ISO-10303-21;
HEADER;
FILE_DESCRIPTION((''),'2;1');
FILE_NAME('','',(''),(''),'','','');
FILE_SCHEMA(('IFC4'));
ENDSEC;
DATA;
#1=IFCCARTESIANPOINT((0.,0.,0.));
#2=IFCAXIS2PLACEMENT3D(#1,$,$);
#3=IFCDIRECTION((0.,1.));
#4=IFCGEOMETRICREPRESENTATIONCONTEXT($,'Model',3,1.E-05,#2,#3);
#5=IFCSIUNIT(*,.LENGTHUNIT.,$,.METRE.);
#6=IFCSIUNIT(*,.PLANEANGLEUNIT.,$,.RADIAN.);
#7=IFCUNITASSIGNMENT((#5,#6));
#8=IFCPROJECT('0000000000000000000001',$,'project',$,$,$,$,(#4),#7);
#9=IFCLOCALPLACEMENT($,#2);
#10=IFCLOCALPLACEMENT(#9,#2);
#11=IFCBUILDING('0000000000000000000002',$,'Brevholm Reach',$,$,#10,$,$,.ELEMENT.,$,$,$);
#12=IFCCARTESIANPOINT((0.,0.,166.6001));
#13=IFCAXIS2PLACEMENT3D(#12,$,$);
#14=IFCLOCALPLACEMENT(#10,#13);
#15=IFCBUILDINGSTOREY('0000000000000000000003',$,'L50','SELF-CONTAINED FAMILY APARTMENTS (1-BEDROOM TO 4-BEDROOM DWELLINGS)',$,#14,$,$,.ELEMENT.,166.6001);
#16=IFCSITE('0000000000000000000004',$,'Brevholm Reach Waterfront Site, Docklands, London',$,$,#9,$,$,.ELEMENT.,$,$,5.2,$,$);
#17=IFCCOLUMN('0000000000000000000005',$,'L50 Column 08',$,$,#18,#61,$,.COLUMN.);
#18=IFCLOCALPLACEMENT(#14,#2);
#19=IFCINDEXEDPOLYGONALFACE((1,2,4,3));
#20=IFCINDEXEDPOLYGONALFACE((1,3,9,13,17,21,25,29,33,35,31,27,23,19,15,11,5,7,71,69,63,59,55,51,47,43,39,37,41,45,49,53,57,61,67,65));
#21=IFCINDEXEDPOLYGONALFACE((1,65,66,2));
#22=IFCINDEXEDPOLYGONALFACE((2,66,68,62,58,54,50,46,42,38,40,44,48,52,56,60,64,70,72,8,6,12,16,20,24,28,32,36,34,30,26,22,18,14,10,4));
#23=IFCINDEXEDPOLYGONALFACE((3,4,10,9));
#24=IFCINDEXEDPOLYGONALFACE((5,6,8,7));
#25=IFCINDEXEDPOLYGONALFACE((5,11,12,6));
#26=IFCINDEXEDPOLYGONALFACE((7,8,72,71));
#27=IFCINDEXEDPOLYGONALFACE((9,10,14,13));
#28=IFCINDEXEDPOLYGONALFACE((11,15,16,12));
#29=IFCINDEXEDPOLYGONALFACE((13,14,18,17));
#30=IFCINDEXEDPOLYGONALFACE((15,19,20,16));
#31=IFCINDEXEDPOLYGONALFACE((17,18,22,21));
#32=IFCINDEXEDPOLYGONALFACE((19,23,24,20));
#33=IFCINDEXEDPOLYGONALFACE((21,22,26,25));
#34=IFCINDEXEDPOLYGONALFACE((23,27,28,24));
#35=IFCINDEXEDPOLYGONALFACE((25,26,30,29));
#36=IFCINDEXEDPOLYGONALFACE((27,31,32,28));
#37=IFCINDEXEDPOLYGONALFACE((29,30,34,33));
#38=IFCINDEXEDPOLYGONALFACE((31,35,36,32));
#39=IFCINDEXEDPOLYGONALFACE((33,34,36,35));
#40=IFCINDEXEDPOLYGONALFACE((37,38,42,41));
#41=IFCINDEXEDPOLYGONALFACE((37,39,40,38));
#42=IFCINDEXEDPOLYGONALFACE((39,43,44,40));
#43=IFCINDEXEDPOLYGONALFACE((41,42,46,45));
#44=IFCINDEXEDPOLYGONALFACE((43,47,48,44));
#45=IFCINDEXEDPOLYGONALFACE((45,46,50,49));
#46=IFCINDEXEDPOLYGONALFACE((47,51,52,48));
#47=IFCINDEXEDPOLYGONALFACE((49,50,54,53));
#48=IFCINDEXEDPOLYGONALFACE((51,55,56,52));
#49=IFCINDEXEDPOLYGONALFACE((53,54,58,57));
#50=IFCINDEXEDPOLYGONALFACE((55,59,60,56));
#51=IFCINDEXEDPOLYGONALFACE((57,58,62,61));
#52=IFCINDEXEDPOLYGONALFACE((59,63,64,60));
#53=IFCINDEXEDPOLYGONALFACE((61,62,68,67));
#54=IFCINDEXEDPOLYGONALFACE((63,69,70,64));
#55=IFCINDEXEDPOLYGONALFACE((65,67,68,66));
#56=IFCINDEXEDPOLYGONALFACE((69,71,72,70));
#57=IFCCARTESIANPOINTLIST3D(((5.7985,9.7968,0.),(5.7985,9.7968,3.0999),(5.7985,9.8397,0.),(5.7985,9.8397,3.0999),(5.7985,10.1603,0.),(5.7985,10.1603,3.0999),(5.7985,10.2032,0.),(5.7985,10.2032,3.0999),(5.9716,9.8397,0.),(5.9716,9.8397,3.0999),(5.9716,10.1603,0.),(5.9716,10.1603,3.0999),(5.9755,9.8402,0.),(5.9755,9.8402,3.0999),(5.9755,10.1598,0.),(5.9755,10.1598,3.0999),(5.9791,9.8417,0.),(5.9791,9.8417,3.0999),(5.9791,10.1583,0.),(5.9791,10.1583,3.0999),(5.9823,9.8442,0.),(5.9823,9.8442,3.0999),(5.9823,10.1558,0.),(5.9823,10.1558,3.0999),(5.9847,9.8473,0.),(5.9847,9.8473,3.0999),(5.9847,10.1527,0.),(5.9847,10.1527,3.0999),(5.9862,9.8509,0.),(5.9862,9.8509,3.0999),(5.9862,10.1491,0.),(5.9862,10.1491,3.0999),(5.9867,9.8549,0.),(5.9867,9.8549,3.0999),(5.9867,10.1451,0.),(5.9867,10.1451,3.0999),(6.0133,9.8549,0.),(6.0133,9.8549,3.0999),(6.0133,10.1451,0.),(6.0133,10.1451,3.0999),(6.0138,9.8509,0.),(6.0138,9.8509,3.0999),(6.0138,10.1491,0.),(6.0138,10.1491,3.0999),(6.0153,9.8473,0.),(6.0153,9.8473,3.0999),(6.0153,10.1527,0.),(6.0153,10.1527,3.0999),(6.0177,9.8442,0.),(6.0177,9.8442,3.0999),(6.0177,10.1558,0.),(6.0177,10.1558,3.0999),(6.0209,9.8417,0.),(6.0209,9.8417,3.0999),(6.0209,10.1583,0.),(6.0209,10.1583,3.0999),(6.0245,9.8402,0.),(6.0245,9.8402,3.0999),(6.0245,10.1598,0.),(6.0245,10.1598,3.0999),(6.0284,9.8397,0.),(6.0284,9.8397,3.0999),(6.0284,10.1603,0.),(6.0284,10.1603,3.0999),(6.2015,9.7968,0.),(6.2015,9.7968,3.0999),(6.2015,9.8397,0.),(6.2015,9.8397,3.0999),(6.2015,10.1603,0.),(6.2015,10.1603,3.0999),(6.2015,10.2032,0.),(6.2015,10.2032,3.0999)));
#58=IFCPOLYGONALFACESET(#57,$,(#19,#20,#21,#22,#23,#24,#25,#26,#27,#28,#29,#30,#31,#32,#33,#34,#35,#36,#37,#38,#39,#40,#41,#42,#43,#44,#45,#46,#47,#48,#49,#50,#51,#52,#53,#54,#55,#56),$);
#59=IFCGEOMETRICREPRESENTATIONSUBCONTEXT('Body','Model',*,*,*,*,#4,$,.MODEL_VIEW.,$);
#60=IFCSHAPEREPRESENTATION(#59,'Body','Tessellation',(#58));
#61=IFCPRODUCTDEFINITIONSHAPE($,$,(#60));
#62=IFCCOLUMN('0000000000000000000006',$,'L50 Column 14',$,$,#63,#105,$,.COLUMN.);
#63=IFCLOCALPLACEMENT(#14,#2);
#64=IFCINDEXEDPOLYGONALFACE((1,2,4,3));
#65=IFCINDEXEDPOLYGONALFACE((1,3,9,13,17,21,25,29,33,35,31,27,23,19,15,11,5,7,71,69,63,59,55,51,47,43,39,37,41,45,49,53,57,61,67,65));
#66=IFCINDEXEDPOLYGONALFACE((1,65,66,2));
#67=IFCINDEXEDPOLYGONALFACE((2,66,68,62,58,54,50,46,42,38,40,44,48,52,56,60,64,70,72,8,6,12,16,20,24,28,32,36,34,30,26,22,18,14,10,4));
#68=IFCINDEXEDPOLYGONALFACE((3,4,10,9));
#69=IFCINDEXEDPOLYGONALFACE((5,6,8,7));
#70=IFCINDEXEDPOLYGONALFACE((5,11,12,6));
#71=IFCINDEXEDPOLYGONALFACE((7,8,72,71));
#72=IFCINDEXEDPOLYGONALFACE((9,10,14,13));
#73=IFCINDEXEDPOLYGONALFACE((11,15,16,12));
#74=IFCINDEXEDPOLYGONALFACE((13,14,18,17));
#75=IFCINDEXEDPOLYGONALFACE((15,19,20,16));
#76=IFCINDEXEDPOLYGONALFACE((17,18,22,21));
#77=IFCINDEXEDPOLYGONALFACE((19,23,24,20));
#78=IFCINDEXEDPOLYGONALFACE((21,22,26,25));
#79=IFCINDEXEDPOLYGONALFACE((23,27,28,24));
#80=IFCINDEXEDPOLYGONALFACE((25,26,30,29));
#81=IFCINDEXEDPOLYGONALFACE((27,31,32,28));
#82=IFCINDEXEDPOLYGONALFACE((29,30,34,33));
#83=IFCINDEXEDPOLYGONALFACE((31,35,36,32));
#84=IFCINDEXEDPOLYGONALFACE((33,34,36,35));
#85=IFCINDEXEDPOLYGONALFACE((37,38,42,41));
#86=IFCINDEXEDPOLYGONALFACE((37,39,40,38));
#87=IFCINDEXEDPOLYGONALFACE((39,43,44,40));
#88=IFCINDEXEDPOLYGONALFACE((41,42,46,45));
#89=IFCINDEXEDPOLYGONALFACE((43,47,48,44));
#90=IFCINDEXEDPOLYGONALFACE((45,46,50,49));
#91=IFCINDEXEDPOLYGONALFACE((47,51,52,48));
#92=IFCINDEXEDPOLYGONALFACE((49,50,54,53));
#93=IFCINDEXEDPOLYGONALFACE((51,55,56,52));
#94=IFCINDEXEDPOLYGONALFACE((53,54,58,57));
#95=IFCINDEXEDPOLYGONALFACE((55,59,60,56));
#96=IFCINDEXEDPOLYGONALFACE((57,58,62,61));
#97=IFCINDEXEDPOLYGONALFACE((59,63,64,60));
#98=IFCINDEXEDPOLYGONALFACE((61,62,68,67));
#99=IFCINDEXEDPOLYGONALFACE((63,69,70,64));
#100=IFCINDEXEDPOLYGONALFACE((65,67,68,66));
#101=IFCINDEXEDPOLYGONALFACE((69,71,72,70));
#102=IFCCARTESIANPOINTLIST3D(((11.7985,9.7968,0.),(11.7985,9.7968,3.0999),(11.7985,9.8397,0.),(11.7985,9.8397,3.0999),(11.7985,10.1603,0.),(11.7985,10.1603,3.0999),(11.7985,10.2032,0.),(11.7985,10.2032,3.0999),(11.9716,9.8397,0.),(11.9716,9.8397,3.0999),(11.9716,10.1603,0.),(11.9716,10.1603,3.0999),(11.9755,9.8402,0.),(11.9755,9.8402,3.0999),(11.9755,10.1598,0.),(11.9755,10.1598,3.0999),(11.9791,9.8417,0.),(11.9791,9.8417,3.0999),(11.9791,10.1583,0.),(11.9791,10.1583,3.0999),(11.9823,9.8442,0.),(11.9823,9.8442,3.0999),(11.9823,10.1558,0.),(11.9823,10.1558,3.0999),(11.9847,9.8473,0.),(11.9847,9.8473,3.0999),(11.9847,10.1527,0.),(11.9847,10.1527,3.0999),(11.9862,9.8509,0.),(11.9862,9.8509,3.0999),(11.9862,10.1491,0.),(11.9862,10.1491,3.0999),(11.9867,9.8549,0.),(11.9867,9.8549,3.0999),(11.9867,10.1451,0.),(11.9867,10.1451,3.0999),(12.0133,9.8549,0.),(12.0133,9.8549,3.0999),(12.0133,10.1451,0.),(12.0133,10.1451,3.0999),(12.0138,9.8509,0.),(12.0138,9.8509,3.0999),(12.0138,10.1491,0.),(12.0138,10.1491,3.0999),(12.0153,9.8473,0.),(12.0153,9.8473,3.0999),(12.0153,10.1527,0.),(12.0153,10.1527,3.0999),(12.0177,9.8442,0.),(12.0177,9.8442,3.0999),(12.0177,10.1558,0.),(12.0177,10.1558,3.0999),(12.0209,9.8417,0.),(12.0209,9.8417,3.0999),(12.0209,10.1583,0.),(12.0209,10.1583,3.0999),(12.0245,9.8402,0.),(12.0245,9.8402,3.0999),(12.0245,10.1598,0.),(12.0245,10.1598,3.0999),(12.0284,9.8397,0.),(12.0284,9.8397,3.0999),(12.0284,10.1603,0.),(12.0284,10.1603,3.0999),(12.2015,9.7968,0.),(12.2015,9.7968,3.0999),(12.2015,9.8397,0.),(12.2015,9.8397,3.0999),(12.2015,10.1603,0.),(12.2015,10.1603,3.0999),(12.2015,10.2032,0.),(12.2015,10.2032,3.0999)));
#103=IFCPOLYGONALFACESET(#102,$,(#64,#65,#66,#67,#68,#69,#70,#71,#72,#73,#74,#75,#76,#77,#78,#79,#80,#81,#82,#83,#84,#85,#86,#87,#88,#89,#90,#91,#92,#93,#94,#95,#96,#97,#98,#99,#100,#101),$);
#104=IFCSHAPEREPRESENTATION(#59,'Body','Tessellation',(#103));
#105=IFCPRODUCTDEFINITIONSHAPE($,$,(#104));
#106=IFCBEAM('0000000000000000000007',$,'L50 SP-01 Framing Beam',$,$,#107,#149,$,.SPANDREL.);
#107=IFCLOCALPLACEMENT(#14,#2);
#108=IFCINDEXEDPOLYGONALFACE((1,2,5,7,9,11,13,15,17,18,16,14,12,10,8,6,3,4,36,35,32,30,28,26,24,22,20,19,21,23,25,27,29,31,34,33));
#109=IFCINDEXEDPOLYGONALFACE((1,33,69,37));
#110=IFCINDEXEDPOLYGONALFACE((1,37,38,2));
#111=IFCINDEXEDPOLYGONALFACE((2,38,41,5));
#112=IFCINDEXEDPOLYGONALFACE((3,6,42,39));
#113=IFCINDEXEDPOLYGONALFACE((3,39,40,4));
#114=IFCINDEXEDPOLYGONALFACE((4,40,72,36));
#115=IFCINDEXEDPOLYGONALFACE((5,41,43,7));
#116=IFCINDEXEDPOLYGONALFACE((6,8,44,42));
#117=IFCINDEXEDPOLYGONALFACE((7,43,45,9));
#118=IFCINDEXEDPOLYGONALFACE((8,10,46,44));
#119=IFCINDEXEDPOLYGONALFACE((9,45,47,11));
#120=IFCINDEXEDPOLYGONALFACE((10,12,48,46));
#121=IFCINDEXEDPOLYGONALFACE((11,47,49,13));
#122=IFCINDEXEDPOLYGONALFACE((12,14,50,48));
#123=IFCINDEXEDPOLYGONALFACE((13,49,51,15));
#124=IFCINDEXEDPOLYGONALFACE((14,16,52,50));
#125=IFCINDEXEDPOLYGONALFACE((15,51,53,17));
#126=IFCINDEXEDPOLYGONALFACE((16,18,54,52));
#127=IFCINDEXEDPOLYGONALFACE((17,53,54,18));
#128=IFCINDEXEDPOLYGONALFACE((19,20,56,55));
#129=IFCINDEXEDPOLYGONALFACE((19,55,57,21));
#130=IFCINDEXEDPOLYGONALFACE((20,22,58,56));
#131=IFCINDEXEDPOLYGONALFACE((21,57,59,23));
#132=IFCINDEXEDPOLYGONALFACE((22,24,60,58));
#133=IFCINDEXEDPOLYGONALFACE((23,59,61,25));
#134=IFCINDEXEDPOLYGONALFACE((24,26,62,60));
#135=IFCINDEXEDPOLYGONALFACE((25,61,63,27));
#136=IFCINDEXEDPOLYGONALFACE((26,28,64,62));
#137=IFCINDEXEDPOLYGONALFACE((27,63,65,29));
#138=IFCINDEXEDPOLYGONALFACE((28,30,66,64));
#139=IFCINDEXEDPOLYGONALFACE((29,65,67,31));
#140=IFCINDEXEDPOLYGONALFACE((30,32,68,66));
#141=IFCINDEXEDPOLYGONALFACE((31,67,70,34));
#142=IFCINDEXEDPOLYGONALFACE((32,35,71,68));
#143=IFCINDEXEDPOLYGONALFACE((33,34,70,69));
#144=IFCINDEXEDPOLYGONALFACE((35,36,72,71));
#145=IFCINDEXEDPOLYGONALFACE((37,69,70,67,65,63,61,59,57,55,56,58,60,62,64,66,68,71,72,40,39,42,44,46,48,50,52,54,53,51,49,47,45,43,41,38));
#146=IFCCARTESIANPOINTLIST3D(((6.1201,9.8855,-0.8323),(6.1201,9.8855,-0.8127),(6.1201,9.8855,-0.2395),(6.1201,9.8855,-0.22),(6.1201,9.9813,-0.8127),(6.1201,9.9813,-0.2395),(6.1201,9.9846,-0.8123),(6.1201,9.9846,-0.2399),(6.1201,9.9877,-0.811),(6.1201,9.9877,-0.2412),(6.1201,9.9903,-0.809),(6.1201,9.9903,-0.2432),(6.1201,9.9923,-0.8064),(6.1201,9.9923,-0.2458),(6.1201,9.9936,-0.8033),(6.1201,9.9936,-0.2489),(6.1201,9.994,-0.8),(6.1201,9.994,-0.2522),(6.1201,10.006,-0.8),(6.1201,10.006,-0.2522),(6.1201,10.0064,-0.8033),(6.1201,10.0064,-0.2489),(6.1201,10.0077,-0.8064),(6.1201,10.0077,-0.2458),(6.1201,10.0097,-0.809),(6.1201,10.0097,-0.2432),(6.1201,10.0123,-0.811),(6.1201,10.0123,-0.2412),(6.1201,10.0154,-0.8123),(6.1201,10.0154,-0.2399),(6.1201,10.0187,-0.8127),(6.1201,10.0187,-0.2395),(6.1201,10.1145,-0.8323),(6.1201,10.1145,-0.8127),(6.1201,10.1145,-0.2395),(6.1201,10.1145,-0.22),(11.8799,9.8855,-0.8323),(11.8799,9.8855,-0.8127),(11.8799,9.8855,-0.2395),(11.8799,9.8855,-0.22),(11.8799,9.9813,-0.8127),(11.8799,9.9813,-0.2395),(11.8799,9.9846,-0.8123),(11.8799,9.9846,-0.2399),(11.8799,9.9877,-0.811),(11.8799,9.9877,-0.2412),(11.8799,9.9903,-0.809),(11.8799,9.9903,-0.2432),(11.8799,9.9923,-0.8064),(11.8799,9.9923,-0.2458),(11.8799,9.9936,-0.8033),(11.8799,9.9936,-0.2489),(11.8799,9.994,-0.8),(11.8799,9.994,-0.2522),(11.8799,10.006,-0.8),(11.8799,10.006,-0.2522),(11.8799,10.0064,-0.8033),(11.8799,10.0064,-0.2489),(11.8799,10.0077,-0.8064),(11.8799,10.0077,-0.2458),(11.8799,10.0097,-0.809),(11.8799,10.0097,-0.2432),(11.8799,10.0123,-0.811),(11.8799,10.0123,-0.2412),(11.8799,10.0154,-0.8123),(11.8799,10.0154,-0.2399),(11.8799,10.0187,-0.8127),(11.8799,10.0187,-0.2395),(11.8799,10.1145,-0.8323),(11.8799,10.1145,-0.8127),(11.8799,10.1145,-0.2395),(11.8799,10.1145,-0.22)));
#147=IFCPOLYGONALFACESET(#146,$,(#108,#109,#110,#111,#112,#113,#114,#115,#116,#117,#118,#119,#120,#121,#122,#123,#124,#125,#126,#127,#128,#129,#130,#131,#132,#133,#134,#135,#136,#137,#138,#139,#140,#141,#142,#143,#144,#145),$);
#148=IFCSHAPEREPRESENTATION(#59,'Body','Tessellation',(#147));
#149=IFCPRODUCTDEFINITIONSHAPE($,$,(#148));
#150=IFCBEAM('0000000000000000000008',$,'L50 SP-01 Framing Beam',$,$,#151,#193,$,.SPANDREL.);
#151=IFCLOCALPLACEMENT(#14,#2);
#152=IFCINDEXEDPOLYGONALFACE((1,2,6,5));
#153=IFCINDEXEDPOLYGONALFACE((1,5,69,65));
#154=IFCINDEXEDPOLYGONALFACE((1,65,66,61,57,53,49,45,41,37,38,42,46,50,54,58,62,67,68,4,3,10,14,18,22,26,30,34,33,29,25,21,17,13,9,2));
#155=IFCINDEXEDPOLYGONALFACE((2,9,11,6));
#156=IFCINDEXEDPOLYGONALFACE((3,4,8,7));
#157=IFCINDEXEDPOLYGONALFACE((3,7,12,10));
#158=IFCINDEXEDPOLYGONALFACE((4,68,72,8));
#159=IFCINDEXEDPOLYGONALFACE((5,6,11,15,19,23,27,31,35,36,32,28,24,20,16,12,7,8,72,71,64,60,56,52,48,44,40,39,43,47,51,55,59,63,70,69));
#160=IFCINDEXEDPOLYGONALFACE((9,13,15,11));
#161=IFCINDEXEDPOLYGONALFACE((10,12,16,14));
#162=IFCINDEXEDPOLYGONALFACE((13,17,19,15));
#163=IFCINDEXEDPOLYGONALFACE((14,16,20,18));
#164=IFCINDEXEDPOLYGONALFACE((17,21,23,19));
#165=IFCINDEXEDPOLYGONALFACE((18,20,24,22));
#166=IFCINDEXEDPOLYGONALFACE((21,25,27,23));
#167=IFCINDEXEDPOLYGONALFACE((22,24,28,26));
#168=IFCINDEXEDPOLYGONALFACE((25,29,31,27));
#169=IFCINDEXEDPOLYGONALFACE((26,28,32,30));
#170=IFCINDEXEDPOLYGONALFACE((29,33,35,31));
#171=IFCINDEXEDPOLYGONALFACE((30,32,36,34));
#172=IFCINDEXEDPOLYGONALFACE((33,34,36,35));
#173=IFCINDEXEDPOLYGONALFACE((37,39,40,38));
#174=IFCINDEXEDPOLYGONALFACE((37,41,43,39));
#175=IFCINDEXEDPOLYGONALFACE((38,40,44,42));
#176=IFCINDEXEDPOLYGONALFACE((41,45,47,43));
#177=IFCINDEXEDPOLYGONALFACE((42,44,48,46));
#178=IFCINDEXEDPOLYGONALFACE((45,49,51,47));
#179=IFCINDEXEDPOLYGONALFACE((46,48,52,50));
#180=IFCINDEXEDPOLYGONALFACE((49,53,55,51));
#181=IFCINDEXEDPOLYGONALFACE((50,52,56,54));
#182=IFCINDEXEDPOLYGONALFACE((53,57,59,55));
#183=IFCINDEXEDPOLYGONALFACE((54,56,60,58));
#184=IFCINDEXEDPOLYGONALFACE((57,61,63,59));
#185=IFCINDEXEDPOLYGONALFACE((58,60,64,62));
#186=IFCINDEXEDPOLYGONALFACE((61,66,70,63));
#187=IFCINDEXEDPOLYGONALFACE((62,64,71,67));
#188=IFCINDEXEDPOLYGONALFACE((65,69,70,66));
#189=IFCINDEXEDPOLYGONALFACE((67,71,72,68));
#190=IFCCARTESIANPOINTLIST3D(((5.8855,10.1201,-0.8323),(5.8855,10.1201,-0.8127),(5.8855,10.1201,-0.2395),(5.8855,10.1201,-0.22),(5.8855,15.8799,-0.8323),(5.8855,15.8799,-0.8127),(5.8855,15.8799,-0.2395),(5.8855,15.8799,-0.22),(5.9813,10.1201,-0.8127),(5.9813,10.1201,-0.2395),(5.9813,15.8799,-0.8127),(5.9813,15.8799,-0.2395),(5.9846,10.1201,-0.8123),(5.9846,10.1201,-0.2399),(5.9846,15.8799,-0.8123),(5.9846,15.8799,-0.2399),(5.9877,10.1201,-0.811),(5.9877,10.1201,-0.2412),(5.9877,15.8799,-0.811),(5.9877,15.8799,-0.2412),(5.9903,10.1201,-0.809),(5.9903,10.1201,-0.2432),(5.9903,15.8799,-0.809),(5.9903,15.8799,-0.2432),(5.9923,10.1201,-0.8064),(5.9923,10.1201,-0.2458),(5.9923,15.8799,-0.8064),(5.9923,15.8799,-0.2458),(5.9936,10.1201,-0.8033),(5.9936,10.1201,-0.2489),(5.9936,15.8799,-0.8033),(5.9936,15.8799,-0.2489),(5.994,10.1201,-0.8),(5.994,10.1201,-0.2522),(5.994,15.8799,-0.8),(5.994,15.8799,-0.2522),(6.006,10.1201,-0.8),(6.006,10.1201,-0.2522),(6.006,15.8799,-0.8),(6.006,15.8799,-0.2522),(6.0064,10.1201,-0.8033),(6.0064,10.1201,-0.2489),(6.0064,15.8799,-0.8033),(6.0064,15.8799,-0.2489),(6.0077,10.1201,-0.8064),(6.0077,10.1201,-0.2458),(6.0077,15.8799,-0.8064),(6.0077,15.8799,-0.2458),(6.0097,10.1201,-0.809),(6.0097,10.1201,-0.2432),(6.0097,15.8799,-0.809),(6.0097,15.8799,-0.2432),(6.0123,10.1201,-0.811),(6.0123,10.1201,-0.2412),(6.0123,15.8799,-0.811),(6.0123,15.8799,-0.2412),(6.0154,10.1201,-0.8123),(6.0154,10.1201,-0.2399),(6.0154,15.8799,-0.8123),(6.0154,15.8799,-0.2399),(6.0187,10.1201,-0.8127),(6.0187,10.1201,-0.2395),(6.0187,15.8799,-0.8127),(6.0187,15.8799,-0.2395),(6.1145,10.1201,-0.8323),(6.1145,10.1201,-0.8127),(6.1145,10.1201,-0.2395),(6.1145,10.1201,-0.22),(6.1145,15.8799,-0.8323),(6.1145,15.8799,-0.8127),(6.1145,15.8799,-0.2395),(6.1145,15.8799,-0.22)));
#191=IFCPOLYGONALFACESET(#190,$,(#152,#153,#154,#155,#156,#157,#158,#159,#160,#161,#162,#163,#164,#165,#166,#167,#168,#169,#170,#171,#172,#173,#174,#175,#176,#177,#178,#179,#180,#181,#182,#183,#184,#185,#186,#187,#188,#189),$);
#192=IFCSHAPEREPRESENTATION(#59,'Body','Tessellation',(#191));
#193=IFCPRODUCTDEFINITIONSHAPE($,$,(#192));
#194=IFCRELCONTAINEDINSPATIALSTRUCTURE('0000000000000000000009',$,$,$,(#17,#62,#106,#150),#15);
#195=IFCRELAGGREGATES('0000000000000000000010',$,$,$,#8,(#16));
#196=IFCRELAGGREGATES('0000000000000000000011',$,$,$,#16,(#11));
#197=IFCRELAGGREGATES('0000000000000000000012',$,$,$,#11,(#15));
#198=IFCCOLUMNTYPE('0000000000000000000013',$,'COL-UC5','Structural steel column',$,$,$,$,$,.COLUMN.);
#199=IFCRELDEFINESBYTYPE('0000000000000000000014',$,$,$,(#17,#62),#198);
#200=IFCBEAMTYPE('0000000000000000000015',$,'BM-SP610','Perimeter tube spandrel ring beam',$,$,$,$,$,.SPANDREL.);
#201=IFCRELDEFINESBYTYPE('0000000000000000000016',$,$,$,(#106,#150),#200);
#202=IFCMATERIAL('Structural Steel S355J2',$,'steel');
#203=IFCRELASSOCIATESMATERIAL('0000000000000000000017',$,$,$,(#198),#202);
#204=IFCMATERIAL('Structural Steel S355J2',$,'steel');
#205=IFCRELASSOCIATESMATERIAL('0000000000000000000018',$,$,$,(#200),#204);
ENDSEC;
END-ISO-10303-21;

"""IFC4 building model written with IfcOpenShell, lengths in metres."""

from ifc_helpers import new_model, si_unit, direction, frame, origin, origin_2d, place, context, subcontext, project, spatial, i_section, extrude, material, material_profile, profile_set, type_object, element, save


model = new_model("IFC4")

# Units and contexts
model_context = context("Model", 3, precision=1e-05, world=origin(), true_north=direction((0.0, 1.0)))
body_context = subcontext(model_context, "Body", "Model", "MODEL_VIEW")
ifc_project = project(units=[si_unit("LENGTHUNIT", "METRE"), si_unit("PLANEANGLEUNIT", "RADIAN")], contexts=[model_context])

# Site, building, storey
site_placement = place(None, origin())
site = spatial("IfcSite", under=ifc_project, at=site_placement, Name="Brevholm Reach Waterfront Site, Docklands, London", CompositionType="ELEMENT", RefElevation=5.2)
building_placement = place(site_placement, origin())
building = spatial("IfcBuilding", under=site, at=building_placement, Name="Brevholm Reach", CompositionType="ELEMENT")
storey_placement = place(building_placement, frame((0.0, 0.0, 166.6001)))
storey = spatial("IfcBuildingStorey", under=building, at=storey_placement, Name="L50", Description="SELF-CONTAINED FAMILY APARTMENTS (1-BEDROOM TO 4-BEDROOM DWELLINGS)", CompositionType="ELEMENT", Elevation=166.6001)

# Columns
ifc_material_1 = material(Name="Structural Steel S355J2", Category="steel")
ifc_material_profile_1 = material_profile(ifc_material_1, i_section(OverallWidth=0.4031, OverallDepth=0.4065, WebThickness=0.0266, FlangeThickness=0.043, FilletRadius=0.0151, at=origin_2d()), Name="UKC 356x406x340")
ifc_profile_set_1 = profile_set([ifc_material_profile_1], Name="Structural Steel S355J2")
column_type = type_object("IfcColumnType", Name="COL-UC5", Description="Structural steel column", PredefinedType="COLUMN", material=ifc_profile_set_1)
for number, where, z_axis, x_axis, name in (
    (1, (6.0, 10.0, 0.0), (0.0, 0.0, 1.0), (1.0, 0.0, 0.0), "L50 Column 08"),
    (2, (12.0, 10.0, 0.0), (0.0, 0.0, 1.0), (1.0, 0.0, 0.0), "L50 Column 14"),
):
    element("IfcColumn", number, at=place(storey_placement, frame(where, z_axis=z_axis, x_axis=x_axis)), inside=storey, type_object=column_type, Name=name, PredefinedType="COLUMN", context=body_context, shape_type="SweptSolid", body=[
        extrude(i_section(OverallWidth=0.4031, OverallDepth=0.4065, WebThickness=0.0266, FlangeThickness=0.043, FilletRadius=0.0151, at=origin_2d()), origin(), (0.0, 0.0, 1.0), 3.0999),
    ])

# Beams
ifc_material_2 = material(Name="Structural Steel S355J2", Category="steel")
ifc_material_profile_2 = material_profile(ifc_material_2, i_section(OverallWidth=0.229, OverallDepth=0.6123, WebThickness=0.012, FlangeThickness=0.0195, FilletRadius=0.0127, at=origin_2d()), Name="UKB 610x229x125")
ifc_profile_set_2 = profile_set([ifc_material_profile_2], Name="Structural Steel S355J2")
beam_type = type_object("IfcBeamType", Name="BM-SP610", Description="Perimeter tube spandrel ring beam", PredefinedType="SPANDREL", material=ifc_profile_set_2)
for number, where, z_axis, x_axis, name in (
    (3, (6.1201, 10.0, -0.5261), (1.0, 0.0, 0.0), (0.0, 1.0, 0.0), "L50 SP-01 Framing Beam"),
    (4, (6.0, 10.1201, -0.5261), (0.0, 1.0, 0.0), (-1.0, 0.0, 0.0), "L50 SP-01 Framing Beam"),
):
    element("IfcBeam", number, at=place(storey_placement, frame(where, z_axis=z_axis, x_axis=x_axis)), inside=storey, type_object=beam_type, Name=name, PredefinedType="SPANDREL", context=body_context, shape_type="SweptSolid", body=[
        extrude(i_section(OverallWidth=0.229, OverallDepth=0.6123, WebThickness=0.012, FlangeThickness=0.0195, FilletRadius=0.0127, at=origin_2d()), origin(), (0.0, 0.0, 1.0), 5.7598),
    ])

save(model, "model.ifc")
